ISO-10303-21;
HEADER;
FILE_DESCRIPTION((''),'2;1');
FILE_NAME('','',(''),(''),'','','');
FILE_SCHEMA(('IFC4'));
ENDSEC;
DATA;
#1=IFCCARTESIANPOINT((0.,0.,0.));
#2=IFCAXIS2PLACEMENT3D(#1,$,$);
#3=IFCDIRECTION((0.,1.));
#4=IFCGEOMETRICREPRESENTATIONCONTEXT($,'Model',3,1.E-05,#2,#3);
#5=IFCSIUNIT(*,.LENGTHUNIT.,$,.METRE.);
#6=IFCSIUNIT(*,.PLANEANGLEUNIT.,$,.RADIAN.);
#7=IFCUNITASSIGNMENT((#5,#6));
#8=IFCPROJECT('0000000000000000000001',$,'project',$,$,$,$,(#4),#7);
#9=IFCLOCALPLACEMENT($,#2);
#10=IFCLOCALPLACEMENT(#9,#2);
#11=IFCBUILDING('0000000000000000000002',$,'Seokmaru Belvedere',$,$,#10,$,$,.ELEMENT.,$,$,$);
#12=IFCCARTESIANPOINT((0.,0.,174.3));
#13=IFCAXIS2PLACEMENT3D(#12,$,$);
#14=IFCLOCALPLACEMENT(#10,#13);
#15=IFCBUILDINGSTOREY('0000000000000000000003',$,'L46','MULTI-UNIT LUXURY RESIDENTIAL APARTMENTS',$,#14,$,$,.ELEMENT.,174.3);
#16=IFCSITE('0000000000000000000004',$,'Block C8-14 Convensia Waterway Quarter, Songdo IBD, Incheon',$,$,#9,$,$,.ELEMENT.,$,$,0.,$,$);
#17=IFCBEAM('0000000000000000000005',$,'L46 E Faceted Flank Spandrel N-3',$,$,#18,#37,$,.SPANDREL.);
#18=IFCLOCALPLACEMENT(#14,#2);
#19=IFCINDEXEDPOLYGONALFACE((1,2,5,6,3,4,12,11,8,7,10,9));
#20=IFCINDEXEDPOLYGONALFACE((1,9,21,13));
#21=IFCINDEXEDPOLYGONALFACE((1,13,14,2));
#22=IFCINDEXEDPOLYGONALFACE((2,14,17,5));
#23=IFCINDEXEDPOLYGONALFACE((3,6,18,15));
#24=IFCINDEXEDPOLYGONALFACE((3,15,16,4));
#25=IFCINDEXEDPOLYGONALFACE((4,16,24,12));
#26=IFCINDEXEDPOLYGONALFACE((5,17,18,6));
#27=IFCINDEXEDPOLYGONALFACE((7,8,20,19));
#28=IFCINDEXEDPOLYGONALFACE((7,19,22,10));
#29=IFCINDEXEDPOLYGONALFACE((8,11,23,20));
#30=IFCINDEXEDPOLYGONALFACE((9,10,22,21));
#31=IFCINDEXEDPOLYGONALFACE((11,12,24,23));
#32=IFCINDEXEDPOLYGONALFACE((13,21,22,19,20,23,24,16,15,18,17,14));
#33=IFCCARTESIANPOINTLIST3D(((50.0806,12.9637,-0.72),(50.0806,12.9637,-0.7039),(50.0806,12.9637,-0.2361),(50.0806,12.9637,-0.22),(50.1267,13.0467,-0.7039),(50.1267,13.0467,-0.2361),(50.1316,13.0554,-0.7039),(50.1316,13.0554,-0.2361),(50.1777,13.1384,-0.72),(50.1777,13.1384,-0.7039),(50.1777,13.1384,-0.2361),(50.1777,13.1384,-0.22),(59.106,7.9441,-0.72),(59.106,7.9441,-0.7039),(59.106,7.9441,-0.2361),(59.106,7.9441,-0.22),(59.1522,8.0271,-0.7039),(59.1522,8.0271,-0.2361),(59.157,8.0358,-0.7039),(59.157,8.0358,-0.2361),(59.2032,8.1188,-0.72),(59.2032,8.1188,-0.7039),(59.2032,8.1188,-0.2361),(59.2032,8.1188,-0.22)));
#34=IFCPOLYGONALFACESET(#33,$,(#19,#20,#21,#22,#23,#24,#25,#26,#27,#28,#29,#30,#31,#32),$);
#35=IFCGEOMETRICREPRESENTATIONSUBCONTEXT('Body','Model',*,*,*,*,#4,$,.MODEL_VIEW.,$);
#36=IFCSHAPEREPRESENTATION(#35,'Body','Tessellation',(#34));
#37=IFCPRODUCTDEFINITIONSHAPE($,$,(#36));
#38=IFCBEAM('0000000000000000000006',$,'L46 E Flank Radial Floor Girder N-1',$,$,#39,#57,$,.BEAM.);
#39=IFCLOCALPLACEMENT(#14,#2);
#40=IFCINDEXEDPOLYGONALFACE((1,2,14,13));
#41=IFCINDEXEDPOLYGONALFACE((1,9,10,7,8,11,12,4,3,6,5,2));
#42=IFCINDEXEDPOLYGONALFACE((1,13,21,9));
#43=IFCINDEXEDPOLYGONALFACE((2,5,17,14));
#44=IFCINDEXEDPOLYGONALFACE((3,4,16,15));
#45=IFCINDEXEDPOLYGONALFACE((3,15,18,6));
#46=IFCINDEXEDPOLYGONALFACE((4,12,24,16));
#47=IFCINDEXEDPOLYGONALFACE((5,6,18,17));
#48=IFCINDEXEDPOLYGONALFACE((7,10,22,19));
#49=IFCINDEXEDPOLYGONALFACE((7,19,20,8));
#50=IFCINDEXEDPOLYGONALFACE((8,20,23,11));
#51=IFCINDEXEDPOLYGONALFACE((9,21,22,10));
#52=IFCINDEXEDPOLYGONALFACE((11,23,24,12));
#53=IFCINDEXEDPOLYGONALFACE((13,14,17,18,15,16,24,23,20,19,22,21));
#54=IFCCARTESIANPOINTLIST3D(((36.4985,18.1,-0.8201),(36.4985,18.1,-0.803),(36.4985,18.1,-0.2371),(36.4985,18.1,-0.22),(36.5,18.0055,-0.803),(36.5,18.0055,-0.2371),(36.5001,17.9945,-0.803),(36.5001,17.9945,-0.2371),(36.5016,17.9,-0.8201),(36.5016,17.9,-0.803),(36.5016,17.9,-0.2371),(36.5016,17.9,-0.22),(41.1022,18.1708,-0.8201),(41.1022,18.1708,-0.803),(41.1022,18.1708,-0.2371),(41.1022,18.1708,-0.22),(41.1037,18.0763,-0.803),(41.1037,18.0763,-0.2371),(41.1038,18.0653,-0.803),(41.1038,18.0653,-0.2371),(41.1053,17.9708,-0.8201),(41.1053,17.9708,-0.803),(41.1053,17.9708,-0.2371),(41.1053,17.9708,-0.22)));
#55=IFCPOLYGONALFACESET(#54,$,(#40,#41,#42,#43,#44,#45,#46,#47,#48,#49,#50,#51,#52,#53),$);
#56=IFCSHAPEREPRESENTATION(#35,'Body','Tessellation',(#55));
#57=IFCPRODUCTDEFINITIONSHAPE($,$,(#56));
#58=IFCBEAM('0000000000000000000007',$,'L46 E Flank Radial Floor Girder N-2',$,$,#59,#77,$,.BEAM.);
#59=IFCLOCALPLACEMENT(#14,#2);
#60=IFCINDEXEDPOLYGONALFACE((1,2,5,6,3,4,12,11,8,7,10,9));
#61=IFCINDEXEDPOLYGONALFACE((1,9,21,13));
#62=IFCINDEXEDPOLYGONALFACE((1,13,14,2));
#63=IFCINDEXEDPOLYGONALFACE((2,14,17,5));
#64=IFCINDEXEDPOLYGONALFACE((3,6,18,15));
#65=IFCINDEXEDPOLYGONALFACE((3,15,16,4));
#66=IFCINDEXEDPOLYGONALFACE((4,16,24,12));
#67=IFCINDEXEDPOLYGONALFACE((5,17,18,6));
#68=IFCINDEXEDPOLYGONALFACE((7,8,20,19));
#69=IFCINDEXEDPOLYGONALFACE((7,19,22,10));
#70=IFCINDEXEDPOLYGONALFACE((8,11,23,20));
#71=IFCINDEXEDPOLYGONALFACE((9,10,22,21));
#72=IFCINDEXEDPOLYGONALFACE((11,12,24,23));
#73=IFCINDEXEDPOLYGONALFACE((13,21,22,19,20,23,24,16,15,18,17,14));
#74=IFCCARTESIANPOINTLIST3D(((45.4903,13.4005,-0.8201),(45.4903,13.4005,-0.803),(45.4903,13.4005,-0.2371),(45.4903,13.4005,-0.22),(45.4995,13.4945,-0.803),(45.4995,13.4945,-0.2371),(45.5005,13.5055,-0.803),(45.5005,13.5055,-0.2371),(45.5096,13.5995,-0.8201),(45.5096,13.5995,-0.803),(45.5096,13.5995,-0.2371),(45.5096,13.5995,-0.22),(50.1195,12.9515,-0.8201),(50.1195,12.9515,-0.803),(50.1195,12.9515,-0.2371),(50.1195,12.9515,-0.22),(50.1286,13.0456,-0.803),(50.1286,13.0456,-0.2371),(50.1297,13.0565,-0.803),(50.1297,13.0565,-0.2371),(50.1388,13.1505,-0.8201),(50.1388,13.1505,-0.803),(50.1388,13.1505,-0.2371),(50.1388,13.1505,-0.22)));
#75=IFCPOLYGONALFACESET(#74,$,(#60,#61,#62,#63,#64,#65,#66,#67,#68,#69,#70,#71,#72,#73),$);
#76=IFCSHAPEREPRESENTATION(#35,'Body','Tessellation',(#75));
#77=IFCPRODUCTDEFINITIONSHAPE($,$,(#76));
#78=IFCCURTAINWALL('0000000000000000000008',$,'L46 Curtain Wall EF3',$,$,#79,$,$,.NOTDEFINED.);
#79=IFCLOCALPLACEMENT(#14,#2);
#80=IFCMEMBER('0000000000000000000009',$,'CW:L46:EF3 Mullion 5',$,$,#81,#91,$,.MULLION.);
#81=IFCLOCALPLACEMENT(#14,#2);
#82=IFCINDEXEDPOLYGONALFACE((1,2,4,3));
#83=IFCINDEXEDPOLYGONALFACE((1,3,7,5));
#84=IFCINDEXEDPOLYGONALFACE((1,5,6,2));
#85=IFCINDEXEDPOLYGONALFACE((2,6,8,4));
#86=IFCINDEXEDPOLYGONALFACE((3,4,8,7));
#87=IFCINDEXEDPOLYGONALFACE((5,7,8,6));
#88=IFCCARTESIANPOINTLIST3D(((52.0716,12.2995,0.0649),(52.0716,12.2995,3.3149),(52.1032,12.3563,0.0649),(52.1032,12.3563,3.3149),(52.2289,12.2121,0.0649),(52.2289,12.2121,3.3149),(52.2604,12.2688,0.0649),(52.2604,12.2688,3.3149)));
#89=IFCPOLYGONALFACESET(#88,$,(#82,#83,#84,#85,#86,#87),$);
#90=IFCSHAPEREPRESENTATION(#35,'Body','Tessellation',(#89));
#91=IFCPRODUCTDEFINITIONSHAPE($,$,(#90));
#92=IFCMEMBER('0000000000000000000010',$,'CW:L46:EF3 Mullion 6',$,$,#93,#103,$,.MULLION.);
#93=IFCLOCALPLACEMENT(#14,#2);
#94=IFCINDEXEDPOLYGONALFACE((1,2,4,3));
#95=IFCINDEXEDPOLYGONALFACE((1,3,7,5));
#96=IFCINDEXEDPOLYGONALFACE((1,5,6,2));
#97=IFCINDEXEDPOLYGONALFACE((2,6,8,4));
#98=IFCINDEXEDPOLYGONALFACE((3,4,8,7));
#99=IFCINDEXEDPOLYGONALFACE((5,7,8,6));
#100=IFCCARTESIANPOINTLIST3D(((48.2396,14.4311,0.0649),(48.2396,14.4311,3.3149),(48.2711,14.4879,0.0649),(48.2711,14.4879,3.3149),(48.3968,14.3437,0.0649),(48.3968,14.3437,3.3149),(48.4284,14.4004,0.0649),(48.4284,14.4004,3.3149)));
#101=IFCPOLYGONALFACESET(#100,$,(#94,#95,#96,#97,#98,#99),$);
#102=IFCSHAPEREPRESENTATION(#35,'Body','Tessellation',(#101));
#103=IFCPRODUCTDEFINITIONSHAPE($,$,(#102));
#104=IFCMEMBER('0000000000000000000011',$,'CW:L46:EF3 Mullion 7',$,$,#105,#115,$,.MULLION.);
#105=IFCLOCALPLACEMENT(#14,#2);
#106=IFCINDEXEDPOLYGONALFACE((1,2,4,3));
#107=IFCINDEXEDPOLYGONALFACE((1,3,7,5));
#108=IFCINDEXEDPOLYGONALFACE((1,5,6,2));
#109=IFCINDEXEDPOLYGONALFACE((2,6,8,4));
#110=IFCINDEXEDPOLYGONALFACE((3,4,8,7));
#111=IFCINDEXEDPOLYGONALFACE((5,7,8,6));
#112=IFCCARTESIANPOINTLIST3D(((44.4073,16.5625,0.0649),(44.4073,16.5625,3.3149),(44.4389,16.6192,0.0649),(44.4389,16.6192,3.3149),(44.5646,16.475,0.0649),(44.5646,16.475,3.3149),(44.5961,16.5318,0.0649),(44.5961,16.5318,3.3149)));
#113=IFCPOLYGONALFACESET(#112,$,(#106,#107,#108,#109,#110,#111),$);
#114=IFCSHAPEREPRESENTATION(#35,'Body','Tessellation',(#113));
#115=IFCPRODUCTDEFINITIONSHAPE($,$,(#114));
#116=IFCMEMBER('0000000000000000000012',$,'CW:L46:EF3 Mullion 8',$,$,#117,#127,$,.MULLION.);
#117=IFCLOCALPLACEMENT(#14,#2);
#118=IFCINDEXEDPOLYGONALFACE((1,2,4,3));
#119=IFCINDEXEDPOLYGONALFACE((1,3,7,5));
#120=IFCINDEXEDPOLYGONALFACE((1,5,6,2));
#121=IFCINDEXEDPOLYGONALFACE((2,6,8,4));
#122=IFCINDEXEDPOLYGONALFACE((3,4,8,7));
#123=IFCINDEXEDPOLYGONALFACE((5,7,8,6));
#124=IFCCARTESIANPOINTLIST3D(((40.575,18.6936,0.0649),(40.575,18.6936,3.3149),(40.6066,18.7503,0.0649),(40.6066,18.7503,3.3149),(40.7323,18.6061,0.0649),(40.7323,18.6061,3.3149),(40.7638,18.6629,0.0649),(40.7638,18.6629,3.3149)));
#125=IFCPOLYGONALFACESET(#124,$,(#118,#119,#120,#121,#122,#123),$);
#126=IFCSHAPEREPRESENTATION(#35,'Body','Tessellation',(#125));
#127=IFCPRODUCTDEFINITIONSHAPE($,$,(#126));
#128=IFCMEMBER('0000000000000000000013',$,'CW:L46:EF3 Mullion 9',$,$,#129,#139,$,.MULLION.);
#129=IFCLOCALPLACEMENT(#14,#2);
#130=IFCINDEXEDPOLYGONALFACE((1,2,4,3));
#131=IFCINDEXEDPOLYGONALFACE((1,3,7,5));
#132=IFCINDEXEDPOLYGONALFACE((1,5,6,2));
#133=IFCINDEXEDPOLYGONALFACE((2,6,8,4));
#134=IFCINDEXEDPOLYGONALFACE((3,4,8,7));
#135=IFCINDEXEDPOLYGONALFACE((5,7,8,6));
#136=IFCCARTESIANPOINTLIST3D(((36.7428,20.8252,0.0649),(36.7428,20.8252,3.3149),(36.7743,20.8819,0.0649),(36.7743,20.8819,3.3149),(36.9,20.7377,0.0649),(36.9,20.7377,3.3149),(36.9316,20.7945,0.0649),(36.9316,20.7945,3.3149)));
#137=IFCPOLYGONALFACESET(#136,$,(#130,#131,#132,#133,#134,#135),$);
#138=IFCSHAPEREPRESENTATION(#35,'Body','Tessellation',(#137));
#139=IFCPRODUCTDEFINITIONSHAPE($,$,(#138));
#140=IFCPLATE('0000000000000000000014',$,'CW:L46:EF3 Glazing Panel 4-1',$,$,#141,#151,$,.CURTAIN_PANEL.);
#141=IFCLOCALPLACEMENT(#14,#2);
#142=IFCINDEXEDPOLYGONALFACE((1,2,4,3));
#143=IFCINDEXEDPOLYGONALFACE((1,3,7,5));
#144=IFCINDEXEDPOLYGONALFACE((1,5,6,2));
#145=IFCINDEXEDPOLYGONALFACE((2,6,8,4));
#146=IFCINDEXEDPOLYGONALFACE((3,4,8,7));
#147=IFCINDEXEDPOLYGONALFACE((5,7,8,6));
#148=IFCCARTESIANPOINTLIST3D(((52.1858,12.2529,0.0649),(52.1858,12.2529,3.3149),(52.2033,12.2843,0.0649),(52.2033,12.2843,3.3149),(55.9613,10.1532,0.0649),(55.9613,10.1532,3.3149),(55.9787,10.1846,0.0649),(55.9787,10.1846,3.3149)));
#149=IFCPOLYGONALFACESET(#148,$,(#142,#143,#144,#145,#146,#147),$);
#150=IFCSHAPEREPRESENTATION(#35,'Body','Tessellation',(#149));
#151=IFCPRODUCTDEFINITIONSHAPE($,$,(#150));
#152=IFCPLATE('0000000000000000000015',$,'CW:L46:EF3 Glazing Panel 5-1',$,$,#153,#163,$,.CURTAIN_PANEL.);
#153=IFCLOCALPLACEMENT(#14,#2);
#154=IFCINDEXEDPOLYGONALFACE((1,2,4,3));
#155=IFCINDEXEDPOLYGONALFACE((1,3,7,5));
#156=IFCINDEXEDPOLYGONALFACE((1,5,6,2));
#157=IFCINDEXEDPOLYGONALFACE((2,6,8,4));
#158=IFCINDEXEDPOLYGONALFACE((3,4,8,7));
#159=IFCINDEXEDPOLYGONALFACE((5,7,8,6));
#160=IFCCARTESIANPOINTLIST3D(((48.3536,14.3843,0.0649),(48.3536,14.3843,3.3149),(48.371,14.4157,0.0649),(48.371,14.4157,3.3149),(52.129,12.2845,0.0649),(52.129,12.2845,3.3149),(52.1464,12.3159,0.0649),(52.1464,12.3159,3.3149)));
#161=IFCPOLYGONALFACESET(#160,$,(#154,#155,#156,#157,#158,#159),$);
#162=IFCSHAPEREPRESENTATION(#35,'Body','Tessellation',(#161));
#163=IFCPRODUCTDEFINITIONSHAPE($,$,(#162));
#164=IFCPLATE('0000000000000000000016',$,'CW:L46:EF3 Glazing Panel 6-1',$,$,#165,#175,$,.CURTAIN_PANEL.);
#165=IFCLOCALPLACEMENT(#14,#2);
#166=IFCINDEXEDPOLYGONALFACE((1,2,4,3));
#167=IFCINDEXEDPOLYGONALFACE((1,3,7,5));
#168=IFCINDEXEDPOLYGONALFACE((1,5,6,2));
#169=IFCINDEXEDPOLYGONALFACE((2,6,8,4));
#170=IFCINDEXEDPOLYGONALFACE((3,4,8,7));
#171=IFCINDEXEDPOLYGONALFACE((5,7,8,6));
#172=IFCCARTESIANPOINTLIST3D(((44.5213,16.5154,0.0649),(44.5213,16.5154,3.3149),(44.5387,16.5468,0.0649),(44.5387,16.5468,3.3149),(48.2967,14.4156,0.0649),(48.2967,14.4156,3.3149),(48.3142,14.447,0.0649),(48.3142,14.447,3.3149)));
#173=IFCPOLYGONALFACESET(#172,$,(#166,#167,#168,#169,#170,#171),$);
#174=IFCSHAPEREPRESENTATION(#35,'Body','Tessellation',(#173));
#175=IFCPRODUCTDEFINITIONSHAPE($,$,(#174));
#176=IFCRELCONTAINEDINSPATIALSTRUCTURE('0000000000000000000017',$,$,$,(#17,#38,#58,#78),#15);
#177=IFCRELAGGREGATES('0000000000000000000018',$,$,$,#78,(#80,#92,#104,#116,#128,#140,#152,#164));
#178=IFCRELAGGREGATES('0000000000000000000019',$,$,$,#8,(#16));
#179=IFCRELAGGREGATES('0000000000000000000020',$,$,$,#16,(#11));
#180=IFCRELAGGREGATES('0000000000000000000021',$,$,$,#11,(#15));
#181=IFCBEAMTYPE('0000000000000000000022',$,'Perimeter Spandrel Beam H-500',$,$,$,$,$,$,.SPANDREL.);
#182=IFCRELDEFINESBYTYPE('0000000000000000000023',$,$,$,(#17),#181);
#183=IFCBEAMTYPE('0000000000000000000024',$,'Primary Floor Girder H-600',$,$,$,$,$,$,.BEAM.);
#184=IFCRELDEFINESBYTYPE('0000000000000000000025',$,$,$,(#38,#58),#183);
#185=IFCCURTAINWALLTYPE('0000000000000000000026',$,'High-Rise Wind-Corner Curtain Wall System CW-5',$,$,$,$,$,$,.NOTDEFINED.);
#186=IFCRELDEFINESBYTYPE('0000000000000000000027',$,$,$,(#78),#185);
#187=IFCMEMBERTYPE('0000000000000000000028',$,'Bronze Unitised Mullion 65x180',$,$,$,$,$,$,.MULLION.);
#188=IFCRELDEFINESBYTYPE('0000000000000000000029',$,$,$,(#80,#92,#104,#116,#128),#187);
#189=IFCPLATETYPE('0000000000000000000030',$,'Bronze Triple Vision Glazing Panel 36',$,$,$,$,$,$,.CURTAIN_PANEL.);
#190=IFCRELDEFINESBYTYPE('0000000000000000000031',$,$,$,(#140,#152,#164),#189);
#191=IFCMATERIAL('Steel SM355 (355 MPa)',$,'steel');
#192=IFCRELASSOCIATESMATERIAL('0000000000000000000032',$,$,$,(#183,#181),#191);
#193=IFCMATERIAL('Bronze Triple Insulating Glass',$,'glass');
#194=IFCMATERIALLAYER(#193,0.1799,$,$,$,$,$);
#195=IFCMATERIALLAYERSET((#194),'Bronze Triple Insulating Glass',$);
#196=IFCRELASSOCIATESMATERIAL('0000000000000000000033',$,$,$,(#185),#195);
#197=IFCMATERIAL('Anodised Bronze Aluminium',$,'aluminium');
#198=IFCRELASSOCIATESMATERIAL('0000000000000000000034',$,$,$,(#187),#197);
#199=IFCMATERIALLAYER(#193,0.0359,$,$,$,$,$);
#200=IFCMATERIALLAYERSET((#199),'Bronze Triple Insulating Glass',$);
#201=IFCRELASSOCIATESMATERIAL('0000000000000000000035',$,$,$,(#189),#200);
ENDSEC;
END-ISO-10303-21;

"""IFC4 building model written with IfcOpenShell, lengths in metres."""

from ifc_helpers import new_model, si_unit, direction, frame, origin, origin_2d, place, context, subcontext, project, spatial, rectangle, i_section, extrude, source, transform, mapped, material, layer, layer_set, material_profile, profile_set, type_object, type_shapes, element, aggregate, save


model = new_model("IFC4")

# Units and contexts
model_context = context("Model", 3, precision=1e-05, world=origin(), true_north=direction((0.0, 1.0)))
body_context = subcontext(model_context, "Body", "Model", "MODEL_VIEW")
ifc_project = project(units=[si_unit("LENGTHUNIT", "METRE"), si_unit("PLANEANGLEUNIT", "RADIAN")], contexts=[model_context])

# Site, building, storey
site_placement = place(None, origin())
site = spatial("IfcSite", under=ifc_project, at=site_placement, Name="Block C8-14 Convensia Waterway Quarter, Songdo IBD, Incheon", CompositionType="ELEMENT", RefElevation=0.0)
building_placement = place(site_placement, origin())
building = spatial("IfcBuilding", under=site, at=building_placement, Name="Seokmaru Belvedere", CompositionType="ELEMENT")
storey_placement = place(building_placement, frame((0.0, 0.0, 174.3)))
storey = spatial("IfcBuildingStorey", under=building, at=storey_placement, Name="L46", Description="MULTI-UNIT LUXURY RESIDENTIAL APARTMENTS", CompositionType="ELEMENT", Elevation=174.3)

# Shared definitions
ifc_material_1 = material(Name="Steel SM355 (355 MPa)", Category="steel")

# Beams
ifc_material_profile_1 = material_profile(ifc_material_1, i_section(OverallWidth=0.2, OverallDepth=0.6001, WebThickness=0.011, FlangeThickness=0.0171, at=origin_2d()), Name="H-600x200x11x17")
ifc_profile_set_1 = profile_set([ifc_material_profile_1], Name="Steel SM355 (355 MPa)")
beam_type_1 = type_object("IfcBeamType", Name="Primary Floor Girder H-600", PredefinedType="BEAM", material=ifc_profile_set_1)
ifc_material_profile_2 = material_profile(ifc_material_1, i_section(OverallWidth=0.2, OverallDepth=0.5, WebThickness=0.01, FlangeThickness=0.0161, at=origin_2d()), Name="H-500x200x10x16")
ifc_profile_set_2 = profile_set([ifc_material_profile_2], Name="Steel SM355 (355 MPa)")
beam_type_2 = type_object("IfcBeamType", Name="Perimeter Spandrel Beam H-500", PredefinedType="SPANDREL", material=ifc_profile_set_2)
shared_shape_1 = source(origin(), body_context, "Body", "SweptSolid", [
    extrude(i_section(OverallWidth=0.2, OverallDepth=0.5, WebThickness=0.01, FlangeThickness=0.0161, at=origin_2d()), origin(), (0.0, 0.0, 1.0), 10.3274),
])
type_shapes(beam_type_2, [shared_shape_1])
for number, where, z_axis, x_axis, name in (
    (1, (50.1292, 13.051, -0.47), (0.873934, -0.486044, 0.0), (0.486044, 0.873934, 0.0), "L46 E Faceted Flank Spandrel N-3"),
):
    element("IfcBeam", number, at=place(storey_placement, frame(where, z_axis=z_axis, x_axis=x_axis)), inside=storey, type_object=beam_type_2, Name=name, PredefinedType="SPANDREL", context=body_context, shape_type="MappedRepresentation", body=[
        mapped(shared_shape_1, transform((0.0, 0.0, 0.0), scale=1.0)),
    ])
shared_shape_2 = source(origin(), body_context, "Body", "SweptSolid", [
    extrude(i_section(OverallWidth=0.2, OverallDepth=0.6001, WebThickness=0.011, FlangeThickness=0.0171, at=origin_2d()), origin(), (0.0, 0.0, 1.0), 4.6042),
])
beam_1_placement = place(storey_placement, frame((41.1038, 18.0708, -0.52), z_axis=(-0.999882, -0.015377, 0.0), x_axis=(0.015377, -0.999882, 0.0)))
element("IfcBeam", 2, at=beam_1_placement, inside=storey, type_object=beam_type_1, Name="L46 E Flank Radial Floor Girder N-1", PredefinedType="BEAM", context=body_context, shape_type="MappedRepresentation", body=[
    mapped(shared_shape_2, transform((0.0, 0.0, 0.0), scale=1.0)),
])
shared_shape_3 = source(origin(), body_context, "Body", "SweptSolid", [
    extrude(i_section(OverallWidth=0.2, OverallDepth=0.6001, WebThickness=0.011, FlangeThickness=0.0171, at=origin_2d()), origin(), (0.0, 0.0, 1.0), 4.6509),
])
beam_2_placement = place(storey_placement, frame((50.1292, 13.051, -0.52), z_axis=(-0.99533, 0.096536, 0.0), x_axis=(-0.096536, -0.99533, 0.0)))
element("IfcBeam", 3, at=beam_2_placement, inside=storey, type_object=beam_type_1, Name="L46 E Flank Radial Floor Girder N-2", PredefinedType="BEAM", context=body_context, shape_type="MappedRepresentation", body=[
    mapped(shared_shape_3, transform((0.0, 0.0, 0.0), scale=1.0)),
])

# Curtain wall, members, plates
ifc_material_2 = material(Name="Bronze Triple Insulating Glass", Category="glass")
ifc_layer_1 = layer(ifc_material_2, 0.1799)
ifc_layer_set_1 = layer_set([ifc_layer_1], Name="Bronze Triple Insulating Glass")
curtain_wall_type = type_object("IfcCurtainWallType", Name="High-Rise Wind-Corner Curtain Wall System CW-5", PredefinedType="NOTDEFINED", material=ifc_layer_set_1)
curtain_wall_placement = place(storey_placement, origin())
curtain_wall = element("IfcCurtainWall", 4, at=curtain_wall_placement, inside=storey, type_object=curtain_wall_type, Name="L46 Curtain Wall EF3", PredefinedType="NOTDEFINED")
ifc_material_3 = material(Name="Anodised Bronze Aluminium", Category="aluminium")
ifc_material_profile_3 = material_profile(ifc_material_3, rectangle(XDim=0.0649, YDim=0.1799, at=origin_2d()), Name="CW-M-65x180")
ifc_profile_set_3 = profile_set([ifc_material_profile_3], Name="Anodised Bronze Aluminium")
member_type = type_object("IfcMemberType", Name="Bronze Unitised Mullion 65x180", PredefinedType="MULLION", material=ifc_profile_set_3)
shared_shape_4 = source(origin(), body_context, "Body", "SweptSolid", [
    extrude(rectangle(XDim=0.0649, YDim=0.1799, at=origin_2d()), origin(), (0.0, 0.0, 1.0), 3.25),
])
type_shapes(member_type, [shared_shape_4])
member_1_placement = place(storey_placement, frame((52.166, 12.2842, 0.0649), z_axis=(0.0, 0.0, 1.0), x_axis=(-0.486047, -0.873933, 0.0)))
member_1 = element("IfcMember", 5, at=member_1_placement, type_object=member_type, Name="CW:L46:EF3 Mullion 5", PredefinedType="MULLION", context=body_context, shape_type="MappedRepresentation", body=[
    mapped(shared_shape_4, transform((0.0, 0.0, 0.0), scale=1.0)),
])
member_2_placement = place(storey_placement, frame((48.334, 14.4158, 0.0649), z_axis=(0.0, 0.0, 1.0), x_axis=(-0.486047, -0.873933, 0.0)))
member_2 = element("IfcMember", 6, at=member_2_placement, type_object=member_type, Name="CW:L46:EF3 Mullion 6", PredefinedType="MULLION", context=body_context, shape_type="MappedRepresentation", body=[
    mapped(shared_shape_4, transform((0.0, 0.0, 0.0), scale=1.0)),
])
member_3_placement = place(storey_placement, frame((44.5017, 16.5471, 0.0649), z_axis=(0.0, 0.0, 1.0), x_axis=(-0.486047, -0.873933, 0.0)))
member_3 = element("IfcMember", 7, at=member_3_placement, type_object=member_type, Name="CW:L46:EF3 Mullion 7", PredefinedType="MULLION", context=body_context, shape_type="MappedRepresentation", body=[
    mapped(shared_shape_4, transform((0.0, 0.0, 0.0), scale=1.0)),
])
member_4_placement = place(storey_placement, frame((40.6694, 18.6782, 0.0649), z_axis=(0.0, 0.0, 1.0), x_axis=(-0.486047, -0.873933, 0.0)))
member_4 = element("IfcMember", 8, at=member_4_placement, type_object=member_type, Name="CW:L46:EF3 Mullion 8", PredefinedType="MULLION", context=body_context, shape_type="MappedRepresentation", body=[
    mapped(shared_shape_4, transform((0.0, 0.0, 0.0), scale=1.0)),
])
member_5_placement = place(storey_placement, frame((36.8372, 20.8098, 0.0649), z_axis=(0.0, 0.0, 1.0), x_axis=(-0.486047, -0.873933, 0.0)))
member_5 = element("IfcMember", 9, at=member_5_placement, type_object=member_type, Name="CW:L46:EF3 Mullion 9", PredefinedType="MULLION", context=body_context, shape_type="MappedRepresentation", body=[
    mapped(shared_shape_4, transform((0.0, 0.0, 0.0), scale=1.0)),
])
ifc_layer_2 = layer(ifc_material_2, 0.0359)
ifc_layer_set_2 = layer_set([ifc_layer_2], Name="Bronze Triple Insulating Glass")
plate_type = type_object("IfcPlateType", Name="Bronze Triple Vision Glazing Panel 36", PredefinedType="CURTAIN_PANEL", material=ifc_layer_set_2)
shared_shape_5 = source(origin(), body_context, "Body", "SweptSolid", [
    extrude(rectangle(XDim=4.3201, YDim=0.0359, at=origin_2d()), origin(), (0.0, 0.0, 1.0), 3.25),
])
type_shapes(plate_type, [shared_shape_5])
plate_1_placement = place(storey_placement, frame((54.0823, 11.2188, 0.0649), z_axis=(0.0, 0.0, 1.0), x_axis=(-0.873933, 0.486047, 0.0)))
plate_1 = element("IfcPlate", 10, at=plate_1_placement, type_object=plate_type, Name="CW:L46:EF3 Glazing Panel 4-1", PredefinedType="CURTAIN_PANEL", context=body_context, shape_type="MappedRepresentation", body=[
    mapped(shared_shape_5, transform((0.0, 0.0, 0.0), scale=1.0)),
])
plate_2_placement = place(storey_placement, frame((50.25, 13.3501, 0.0649), z_axis=(0.0, 0.0, 1.0), x_axis=(-0.873933, 0.486047, 0.0)))
plate_2 = element("IfcPlate", 11, at=plate_2_placement, type_object=plate_type, Name="CW:L46:EF3 Glazing Panel 5-1", PredefinedType="CURTAIN_PANEL", context=body_context, shape_type="MappedRepresentation", body=[
    mapped(shared_shape_5, transform((0.0, 0.0, 0.0), scale=1.0)),
])
plate_3_placement = place(storey_placement, frame((46.4177, 15.4812, 0.0649), z_axis=(0.0, 0.0, 1.0), x_axis=(-0.873933, 0.486047, 0.0)))
plate_3 = element("IfcPlate", 12, at=plate_3_placement, type_object=plate_type, Name="CW:L46:EF3 Glazing Panel 6-1", PredefinedType="CURTAIN_PANEL", context=body_context, shape_type="MappedRepresentation", body=[
    mapped(shared_shape_5, transform((0.0, 0.0, 0.0), scale=1.0)),
])
aggregate(curtain_wall, [member_1, member_2, member_3, member_4, member_5, plate_1, plate_2, plate_3])

save(model, "model.ifc")
